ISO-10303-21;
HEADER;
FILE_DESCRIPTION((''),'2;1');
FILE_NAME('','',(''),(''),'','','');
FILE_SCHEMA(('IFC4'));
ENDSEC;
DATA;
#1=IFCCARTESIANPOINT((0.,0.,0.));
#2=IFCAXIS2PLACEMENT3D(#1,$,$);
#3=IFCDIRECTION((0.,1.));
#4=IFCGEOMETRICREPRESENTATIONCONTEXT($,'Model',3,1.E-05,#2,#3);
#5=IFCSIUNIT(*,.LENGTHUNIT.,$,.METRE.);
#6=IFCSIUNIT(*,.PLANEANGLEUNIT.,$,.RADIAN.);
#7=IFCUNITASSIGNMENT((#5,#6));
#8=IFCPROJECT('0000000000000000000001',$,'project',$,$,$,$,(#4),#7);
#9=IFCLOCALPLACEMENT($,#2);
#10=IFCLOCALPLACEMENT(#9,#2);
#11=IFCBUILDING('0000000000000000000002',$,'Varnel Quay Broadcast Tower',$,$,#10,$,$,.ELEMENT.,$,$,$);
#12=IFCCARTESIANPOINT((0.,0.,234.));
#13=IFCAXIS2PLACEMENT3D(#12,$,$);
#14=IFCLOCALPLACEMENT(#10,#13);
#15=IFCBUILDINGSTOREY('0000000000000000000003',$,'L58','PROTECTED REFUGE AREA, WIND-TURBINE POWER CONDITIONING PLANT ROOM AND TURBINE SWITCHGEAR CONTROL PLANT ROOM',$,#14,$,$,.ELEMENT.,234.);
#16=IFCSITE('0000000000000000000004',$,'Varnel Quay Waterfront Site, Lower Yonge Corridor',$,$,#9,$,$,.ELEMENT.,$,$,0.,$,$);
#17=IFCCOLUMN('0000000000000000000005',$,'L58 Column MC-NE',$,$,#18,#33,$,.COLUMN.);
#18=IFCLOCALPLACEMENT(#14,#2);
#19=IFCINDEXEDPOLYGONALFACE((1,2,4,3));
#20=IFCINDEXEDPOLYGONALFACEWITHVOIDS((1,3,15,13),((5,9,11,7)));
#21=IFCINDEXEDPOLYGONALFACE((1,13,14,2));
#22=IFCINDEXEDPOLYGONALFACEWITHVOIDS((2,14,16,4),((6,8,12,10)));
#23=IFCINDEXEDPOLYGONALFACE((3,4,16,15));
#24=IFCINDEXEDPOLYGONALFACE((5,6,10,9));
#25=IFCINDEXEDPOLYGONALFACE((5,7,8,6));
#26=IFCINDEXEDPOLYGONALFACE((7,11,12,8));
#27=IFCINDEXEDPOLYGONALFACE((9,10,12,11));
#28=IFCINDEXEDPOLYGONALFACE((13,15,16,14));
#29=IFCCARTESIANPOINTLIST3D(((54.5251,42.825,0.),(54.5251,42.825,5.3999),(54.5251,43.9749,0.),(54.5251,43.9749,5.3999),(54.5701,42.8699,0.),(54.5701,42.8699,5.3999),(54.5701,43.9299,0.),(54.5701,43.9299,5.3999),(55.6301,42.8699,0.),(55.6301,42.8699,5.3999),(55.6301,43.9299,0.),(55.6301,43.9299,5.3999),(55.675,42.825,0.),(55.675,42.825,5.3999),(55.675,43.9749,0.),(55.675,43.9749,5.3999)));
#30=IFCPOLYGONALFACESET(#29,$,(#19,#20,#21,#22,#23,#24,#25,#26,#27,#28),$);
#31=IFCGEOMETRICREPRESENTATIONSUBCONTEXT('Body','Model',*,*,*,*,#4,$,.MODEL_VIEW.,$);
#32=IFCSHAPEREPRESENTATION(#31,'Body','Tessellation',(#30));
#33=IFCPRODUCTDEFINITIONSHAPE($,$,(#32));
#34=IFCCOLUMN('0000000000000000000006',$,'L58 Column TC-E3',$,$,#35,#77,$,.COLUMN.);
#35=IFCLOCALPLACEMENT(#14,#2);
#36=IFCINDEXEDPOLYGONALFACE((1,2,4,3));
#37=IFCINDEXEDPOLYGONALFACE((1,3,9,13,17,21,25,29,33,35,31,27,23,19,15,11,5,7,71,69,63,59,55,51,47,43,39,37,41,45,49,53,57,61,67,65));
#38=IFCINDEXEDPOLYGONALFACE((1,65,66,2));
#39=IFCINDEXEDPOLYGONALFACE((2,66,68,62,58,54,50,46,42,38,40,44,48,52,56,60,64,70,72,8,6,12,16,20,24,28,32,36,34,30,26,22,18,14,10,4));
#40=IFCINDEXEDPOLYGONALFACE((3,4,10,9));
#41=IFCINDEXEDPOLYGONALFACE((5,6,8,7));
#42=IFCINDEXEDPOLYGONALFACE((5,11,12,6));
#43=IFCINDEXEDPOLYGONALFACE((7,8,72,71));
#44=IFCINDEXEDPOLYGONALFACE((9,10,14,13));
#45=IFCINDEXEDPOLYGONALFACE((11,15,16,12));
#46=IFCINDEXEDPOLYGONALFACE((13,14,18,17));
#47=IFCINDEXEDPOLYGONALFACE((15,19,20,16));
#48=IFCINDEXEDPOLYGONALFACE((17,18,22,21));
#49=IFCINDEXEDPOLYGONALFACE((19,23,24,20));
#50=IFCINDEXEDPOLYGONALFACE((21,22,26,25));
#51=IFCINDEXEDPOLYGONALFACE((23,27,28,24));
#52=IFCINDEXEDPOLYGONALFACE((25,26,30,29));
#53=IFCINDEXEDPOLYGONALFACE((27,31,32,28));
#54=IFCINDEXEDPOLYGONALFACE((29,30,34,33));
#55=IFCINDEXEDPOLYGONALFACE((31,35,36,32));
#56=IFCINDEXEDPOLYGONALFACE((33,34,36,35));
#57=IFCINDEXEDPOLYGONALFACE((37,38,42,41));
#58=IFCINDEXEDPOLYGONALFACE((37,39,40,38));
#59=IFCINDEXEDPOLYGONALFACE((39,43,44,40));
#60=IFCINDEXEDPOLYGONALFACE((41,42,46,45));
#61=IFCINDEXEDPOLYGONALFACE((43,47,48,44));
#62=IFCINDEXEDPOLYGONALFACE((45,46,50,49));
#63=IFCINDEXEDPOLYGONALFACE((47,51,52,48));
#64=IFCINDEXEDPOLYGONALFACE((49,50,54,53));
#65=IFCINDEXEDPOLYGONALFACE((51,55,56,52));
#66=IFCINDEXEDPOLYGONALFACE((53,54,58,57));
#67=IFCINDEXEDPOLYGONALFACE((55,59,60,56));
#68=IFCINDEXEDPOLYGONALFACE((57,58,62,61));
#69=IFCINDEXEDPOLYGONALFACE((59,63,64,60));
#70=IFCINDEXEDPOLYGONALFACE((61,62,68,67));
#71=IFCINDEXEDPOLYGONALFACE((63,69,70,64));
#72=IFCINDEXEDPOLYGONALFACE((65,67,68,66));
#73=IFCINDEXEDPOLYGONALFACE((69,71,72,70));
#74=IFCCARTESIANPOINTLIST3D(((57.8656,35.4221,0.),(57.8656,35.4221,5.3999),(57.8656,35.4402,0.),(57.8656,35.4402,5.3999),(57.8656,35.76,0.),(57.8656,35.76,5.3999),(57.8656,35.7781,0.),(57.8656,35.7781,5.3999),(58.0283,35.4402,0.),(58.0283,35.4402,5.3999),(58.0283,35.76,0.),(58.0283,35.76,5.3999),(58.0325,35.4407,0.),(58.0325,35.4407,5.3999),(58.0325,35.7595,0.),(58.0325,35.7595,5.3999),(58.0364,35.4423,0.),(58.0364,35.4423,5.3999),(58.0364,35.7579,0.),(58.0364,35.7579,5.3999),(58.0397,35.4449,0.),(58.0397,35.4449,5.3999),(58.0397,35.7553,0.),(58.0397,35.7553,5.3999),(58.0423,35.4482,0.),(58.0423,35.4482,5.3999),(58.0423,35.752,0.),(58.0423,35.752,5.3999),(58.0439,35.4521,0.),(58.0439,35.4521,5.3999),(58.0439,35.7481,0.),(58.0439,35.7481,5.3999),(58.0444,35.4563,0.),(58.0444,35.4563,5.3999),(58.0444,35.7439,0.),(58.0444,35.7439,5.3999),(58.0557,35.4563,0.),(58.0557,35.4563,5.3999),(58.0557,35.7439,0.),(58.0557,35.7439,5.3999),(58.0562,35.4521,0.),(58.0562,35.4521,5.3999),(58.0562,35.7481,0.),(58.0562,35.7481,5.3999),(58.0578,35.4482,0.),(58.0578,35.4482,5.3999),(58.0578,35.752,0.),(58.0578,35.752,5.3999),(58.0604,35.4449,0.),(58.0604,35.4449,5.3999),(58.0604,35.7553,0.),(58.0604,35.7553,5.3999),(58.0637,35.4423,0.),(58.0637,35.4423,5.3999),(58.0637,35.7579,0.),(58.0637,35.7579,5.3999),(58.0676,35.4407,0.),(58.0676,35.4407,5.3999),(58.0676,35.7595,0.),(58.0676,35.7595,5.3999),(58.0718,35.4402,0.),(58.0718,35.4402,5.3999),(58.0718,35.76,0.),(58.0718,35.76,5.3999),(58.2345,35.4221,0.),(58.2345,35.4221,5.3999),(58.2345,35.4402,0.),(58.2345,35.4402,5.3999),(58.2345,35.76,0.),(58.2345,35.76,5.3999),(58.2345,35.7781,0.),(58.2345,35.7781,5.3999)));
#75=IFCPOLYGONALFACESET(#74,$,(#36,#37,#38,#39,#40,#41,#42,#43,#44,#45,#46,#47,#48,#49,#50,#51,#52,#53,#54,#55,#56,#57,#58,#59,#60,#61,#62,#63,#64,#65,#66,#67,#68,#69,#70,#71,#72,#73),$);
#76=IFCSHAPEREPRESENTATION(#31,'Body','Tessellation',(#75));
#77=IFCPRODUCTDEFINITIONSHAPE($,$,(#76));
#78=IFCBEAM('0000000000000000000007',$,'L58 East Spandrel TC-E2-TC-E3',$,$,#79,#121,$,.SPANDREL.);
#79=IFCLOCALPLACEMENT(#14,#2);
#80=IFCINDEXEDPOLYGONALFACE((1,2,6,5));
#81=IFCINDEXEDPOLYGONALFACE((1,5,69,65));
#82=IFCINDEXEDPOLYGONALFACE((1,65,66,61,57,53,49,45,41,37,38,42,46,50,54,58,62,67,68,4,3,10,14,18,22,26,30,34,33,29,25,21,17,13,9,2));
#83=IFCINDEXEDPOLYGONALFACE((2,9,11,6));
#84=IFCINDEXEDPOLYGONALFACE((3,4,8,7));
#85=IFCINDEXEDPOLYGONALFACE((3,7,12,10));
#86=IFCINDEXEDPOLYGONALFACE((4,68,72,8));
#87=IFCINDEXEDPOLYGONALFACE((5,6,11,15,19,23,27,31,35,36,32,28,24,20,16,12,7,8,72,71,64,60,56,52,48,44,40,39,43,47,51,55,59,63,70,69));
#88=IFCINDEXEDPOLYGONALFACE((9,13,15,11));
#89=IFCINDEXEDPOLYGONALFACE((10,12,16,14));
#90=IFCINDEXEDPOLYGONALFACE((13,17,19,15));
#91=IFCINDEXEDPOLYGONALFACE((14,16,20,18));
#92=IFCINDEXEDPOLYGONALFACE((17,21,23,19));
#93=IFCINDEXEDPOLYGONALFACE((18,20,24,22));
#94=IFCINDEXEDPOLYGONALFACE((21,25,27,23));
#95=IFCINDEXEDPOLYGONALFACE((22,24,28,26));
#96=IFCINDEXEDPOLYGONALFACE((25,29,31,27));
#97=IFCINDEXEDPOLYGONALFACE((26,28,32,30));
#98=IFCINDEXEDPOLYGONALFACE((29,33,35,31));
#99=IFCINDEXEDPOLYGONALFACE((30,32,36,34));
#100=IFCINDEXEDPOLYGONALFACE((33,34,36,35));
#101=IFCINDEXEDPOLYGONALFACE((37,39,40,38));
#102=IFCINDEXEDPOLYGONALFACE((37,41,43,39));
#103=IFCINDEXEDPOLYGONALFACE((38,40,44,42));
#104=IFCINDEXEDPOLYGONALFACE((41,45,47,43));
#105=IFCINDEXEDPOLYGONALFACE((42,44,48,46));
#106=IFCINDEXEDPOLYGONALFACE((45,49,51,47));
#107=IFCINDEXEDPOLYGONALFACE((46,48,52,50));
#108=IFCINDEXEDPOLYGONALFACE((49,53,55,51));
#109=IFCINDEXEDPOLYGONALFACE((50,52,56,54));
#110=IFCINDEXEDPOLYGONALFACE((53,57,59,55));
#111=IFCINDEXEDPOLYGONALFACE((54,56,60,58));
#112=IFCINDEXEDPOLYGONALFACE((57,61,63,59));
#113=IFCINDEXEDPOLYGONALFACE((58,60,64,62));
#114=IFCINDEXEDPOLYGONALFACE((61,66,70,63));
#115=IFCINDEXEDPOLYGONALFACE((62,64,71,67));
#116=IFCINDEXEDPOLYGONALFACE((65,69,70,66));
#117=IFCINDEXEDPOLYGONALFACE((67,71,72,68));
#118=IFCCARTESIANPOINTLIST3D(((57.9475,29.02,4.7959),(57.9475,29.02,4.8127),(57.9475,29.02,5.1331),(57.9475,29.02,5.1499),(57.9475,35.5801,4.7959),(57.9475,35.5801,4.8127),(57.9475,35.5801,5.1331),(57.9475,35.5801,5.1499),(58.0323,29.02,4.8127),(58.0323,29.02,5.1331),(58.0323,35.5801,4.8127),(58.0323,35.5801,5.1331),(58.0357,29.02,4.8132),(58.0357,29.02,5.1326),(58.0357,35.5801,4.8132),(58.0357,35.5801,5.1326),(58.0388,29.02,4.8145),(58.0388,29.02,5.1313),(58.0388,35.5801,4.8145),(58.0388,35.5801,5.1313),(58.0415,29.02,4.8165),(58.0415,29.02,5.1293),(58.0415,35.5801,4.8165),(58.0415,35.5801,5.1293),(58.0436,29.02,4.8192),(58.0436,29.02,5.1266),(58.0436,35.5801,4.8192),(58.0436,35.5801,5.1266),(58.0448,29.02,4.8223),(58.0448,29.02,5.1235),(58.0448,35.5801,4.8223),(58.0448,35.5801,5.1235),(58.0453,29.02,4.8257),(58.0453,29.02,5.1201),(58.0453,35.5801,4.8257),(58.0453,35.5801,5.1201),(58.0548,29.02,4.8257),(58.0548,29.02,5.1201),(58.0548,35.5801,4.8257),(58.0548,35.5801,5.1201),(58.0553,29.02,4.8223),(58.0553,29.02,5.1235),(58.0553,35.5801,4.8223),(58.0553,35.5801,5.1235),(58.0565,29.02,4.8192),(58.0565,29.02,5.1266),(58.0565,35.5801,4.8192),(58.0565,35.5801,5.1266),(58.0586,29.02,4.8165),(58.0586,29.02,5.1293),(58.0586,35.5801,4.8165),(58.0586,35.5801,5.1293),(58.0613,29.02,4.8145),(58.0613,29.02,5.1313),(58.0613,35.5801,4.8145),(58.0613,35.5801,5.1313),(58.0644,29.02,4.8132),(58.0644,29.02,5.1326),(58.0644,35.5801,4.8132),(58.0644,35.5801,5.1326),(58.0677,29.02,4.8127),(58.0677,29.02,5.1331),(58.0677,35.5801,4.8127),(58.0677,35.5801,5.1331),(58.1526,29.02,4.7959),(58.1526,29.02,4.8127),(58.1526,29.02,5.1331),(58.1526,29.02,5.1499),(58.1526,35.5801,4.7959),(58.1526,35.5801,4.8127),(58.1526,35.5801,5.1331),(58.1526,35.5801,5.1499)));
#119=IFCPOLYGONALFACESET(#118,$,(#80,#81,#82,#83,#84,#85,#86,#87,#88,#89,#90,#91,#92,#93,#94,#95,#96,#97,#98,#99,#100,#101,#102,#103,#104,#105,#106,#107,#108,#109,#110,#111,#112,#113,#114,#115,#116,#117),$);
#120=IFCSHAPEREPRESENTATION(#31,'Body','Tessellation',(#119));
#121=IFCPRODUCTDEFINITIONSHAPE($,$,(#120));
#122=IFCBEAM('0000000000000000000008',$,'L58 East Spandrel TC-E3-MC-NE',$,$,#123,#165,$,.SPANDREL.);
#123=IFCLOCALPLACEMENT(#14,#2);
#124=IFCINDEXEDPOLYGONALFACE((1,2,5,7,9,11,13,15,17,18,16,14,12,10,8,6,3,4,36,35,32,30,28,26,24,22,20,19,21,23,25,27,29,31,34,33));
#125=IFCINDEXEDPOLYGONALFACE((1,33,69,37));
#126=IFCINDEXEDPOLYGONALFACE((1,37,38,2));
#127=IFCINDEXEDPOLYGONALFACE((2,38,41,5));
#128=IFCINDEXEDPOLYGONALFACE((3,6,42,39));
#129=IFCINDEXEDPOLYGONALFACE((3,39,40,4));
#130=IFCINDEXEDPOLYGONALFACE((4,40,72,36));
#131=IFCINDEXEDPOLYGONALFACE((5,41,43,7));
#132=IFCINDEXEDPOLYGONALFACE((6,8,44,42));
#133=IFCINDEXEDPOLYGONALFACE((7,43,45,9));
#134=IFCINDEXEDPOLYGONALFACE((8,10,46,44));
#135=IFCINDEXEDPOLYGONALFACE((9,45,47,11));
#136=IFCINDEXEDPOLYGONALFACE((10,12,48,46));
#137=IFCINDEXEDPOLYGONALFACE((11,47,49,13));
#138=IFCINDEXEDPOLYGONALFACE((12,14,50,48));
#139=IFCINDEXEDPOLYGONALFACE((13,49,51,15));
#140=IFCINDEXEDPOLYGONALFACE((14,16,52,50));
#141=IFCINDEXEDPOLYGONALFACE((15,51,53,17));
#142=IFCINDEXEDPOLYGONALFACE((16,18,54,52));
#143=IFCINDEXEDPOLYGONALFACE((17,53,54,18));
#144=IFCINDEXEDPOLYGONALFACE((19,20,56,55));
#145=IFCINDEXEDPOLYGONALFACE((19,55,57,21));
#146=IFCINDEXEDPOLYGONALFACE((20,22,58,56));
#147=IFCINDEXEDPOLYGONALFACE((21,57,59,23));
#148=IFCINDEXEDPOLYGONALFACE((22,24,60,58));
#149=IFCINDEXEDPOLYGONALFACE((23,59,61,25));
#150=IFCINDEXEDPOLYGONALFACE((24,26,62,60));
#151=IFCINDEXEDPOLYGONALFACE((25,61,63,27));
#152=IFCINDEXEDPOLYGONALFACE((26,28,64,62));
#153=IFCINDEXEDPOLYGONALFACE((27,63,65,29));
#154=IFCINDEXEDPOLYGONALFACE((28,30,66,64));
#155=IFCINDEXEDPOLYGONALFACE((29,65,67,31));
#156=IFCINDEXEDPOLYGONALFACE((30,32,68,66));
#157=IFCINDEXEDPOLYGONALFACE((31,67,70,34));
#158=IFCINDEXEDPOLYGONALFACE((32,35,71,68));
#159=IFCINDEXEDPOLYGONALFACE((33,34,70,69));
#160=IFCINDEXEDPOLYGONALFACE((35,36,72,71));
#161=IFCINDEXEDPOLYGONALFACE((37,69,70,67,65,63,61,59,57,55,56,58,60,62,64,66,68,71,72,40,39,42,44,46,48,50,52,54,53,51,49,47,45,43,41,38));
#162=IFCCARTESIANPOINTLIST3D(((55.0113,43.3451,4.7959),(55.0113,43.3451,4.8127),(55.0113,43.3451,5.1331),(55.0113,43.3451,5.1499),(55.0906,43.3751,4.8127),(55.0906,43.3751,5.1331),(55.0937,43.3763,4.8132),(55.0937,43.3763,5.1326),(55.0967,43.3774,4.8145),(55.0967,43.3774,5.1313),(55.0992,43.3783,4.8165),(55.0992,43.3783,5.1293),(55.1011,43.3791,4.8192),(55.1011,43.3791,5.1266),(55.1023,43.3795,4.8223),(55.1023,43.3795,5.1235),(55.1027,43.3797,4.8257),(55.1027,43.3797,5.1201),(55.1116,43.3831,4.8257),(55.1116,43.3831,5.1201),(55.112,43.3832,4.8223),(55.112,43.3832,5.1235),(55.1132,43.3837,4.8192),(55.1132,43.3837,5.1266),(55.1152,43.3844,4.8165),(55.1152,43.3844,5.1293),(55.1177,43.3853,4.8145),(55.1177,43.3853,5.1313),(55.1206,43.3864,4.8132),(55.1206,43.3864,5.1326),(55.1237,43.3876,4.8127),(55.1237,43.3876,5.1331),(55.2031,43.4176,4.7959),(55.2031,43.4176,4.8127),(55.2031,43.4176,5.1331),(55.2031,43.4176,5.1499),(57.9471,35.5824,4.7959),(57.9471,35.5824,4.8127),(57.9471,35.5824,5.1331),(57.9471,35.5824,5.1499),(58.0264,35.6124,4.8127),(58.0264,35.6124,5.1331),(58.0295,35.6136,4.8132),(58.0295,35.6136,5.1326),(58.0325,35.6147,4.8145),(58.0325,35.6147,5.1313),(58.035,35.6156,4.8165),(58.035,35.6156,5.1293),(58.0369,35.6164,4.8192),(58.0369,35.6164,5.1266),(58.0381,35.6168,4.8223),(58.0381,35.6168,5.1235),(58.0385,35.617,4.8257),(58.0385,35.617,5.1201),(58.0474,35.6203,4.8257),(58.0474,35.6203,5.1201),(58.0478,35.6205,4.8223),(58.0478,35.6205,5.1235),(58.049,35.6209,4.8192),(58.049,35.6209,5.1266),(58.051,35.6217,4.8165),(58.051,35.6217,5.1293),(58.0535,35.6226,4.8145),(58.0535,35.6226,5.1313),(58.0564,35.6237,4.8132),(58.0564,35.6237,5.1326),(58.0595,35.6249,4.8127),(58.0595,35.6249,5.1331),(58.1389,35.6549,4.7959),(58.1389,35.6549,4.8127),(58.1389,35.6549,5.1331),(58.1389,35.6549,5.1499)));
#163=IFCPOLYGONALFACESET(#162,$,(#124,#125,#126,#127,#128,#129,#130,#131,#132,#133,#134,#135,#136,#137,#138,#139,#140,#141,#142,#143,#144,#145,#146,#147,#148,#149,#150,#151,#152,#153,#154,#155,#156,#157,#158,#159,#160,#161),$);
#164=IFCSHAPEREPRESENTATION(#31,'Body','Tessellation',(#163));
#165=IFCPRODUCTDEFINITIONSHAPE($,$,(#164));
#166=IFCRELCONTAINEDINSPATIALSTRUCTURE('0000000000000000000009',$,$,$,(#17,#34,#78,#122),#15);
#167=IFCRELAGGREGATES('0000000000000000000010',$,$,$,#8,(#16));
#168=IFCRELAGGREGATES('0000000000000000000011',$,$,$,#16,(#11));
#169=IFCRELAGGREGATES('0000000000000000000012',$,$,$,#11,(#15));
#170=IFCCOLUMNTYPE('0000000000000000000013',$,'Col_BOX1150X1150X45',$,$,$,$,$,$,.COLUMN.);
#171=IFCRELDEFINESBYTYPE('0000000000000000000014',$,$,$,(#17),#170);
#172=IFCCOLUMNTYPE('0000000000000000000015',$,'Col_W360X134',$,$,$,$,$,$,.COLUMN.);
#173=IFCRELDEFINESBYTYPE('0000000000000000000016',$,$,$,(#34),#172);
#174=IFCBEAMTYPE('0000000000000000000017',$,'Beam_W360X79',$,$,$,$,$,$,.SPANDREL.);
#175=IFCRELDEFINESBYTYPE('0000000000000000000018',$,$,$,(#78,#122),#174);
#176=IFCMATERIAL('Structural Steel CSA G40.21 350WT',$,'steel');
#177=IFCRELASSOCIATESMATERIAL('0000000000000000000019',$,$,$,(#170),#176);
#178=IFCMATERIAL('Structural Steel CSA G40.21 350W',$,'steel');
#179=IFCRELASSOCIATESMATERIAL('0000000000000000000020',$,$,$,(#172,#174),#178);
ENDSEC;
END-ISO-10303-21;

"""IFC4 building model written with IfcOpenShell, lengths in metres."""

from ifc_helpers import new_model, si_unit, direction, frame, origin, origin_2d, place, context, subcontext, project, spatial, hollow_rectangle, i_section, extrude, source, transform, mapped, material, material_profile, profile_set, type_object, type_shapes, element, save


model = new_model("IFC4")

# Units and contexts
model_context = context("Model", 3, precision=1e-05, world=origin(), true_north=direction((0.0, 1.0)))
body_context = subcontext(model_context, "Body", "Model", "MODEL_VIEW")
ifc_project = project(units=[si_unit("LENGTHUNIT", "METRE"), si_unit("PLANEANGLEUNIT", "RADIAN")], contexts=[model_context])

# Site, building, storey
site_placement = place(None, origin())
site = spatial("IfcSite", under=ifc_project, at=site_placement, Name="Varnel Quay Waterfront Site, Lower Yonge Corridor", CompositionType="ELEMENT", RefElevation=0.0)
building_placement = place(site_placement, origin())
building = spatial("IfcBuilding", under=site, at=building_placement, Name="Varnel Quay Broadcast Tower", CompositionType="ELEMENT")
storey_placement = place(building_placement, frame((0.0, 0.0, 234.0)))
storey = spatial("IfcBuildingStorey", under=building, at=storey_placement, Name="L58", Description="PROTECTED REFUGE AREA, WIND-TURBINE POWER CONDITIONING PLANT ROOM AND TURBINE SWITCHGEAR CONTROL PLANT ROOM", CompositionType="ELEMENT", Elevation=234.0)

# Columns
ifc_material_1 = material(Name="Structural Steel CSA G40.21 350WT", Category="steel")
ifc_material_profile_1 = material_profile(ifc_material_1, hollow_rectangle(XDim=1.1499, YDim=1.1499, WallThickness=0.0449, at=origin_2d()), Name="BOX1150X1150X45")
ifc_profile_set_1 = profile_set([ifc_material_profile_1], Name="Structural Steel CSA G40.21 350WT")
column_type_1 = type_object("IfcColumnType", Name="Col_BOX1150X1150X45", PredefinedType="COLUMN", material=ifc_profile_set_1)
shared_shape_1 = source(origin(), body_context, "Body", "SweptSolid", [
    extrude(hollow_rectangle(XDim=1.1499, YDim=1.1499, WallThickness=0.0449, at=origin_2d()), origin(), (0.0, 0.0, 1.0), 5.3999),
])
type_shapes(column_type_1, [shared_shape_1])
column_1_placement = place(storey_placement, frame((55.1001, 43.3999, 0.0), z_axis=(0.0, 0.0, 1.0), x_axis=(1.0, 0.0, 0.0)))
element("IfcColumn", 1, at=column_1_placement, inside=storey, type_object=column_type_1, Name="L58 Column MC-NE", PredefinedType="COLUMN", context=body_context, shape_type="MappedRepresentation", body=[
    mapped(shared_shape_1, transform((0.0, 0.0, 0.0), x_axis=(1.0, 0.0, 0.0), y_axis=(0.0, 1.0, 0.0), z_axis=(0.0, 0.0, 1.0), scale=1.0)),
])
ifc_material_2 = material(Name="Structural Steel CSA G40.21 350W", Category="steel")
ifc_material_profile_2 = material_profile(ifc_material_2, i_section(OverallWidth=0.3689, OverallDepth=0.356, WebThickness=0.0112, FlangeThickness=0.0181, FilletRadius=0.0161, at=origin_2d()), Name="W360X134")
ifc_profile_set_2 = profile_set([ifc_material_profile_2], Name="Structural Steel CSA G40.21 350W")
column_type_2 = type_object("IfcColumnType", Name="Col_W360X134", PredefinedType="COLUMN", material=ifc_profile_set_2)
shared_shape_2 = source(origin(), body_context, "Body", "SweptSolid", [
    extrude(i_section(OverallWidth=0.3689, OverallDepth=0.356, WebThickness=0.0112, FlangeThickness=0.0181, FilletRadius=0.0161, at=origin_2d()), origin(), (0.0, 0.0, 1.0), 5.3999),
])
type_shapes(column_type_2, [shared_shape_2])
column_2_placement = place(storey_placement, frame((58.05, 35.6001, 0.0), z_axis=(0.0, 0.0, 1.0), x_axis=(1.0, 0.0, 0.0)))
element("IfcColumn", 2, at=column_2_placement, inside=storey, type_object=column_type_2, Name="L58 Column TC-E3", PredefinedType="COLUMN", context=body_context, shape_type="MappedRepresentation", body=[
    mapped(shared_shape_2, transform((0.0, 0.0, 0.0), x_axis=(1.0, 0.0, 0.0), y_axis=(0.0, 1.0, 0.0), z_axis=(0.0, 0.0, 1.0), scale=1.0)),
])

# Beams
ifc_material_profile_3 = material_profile(ifc_material_2, i_section(OverallWidth=0.2051, OverallDepth=0.354, WebThickness=0.0095, FlangeThickness=0.0168, FilletRadius=0.0129, at=origin_2d()), Name="W360X79")
ifc_profile_set_3 = profile_set([ifc_material_profile_3], Name="Structural Steel CSA G40.21 350W")
beam_type_1 = type_object("IfcBeamType", Name="Beam_W360X79", PredefinedType="SPANDREL", material=ifc_profile_set_3)
shared_shape_3 = source(origin(), body_context, "Body", "SweptSolid", [
    extrude(i_section(OverallWidth=0.2051, OverallDepth=0.354, WebThickness=0.0095, FlangeThickness=0.0168, FilletRadius=0.0129, at=origin_2d()), origin(), (0.0, 0.0, 1.0), 6.5601),
])
beam_1_placement = place(storey_placement, frame((58.05, 29.02, 4.9729), z_axis=(0.0, 1.0, 0.0), x_axis=(-1.0, 0.0, 0.0)))
element("IfcBeam", 3, at=beam_1_placement, inside=storey, type_object=beam_type_1, Name="L58 East Spandrel TC-E2-TC-E3", PredefinedType="SPANDREL", context=body_context, shape_type="MappedRepresentation", body=[
    mapped(shared_shape_3, transform((0.0, 0.0, 0.0), x_axis=(1.0, 0.0, 0.0), y_axis=(0.0, 1.0, 0.0), z_axis=(0.0, 0.0, 1.0), scale=1.0)),
])
shared_shape_4 = source(origin(), body_context, "Body", "SweptSolid", [
    extrude(i_section(OverallWidth=0.2051, OverallDepth=0.354, WebThickness=0.0095, FlangeThickness=0.0168, FilletRadius=0.0129, at=origin_2d()), origin(), (0.0, 0.0, 1.0), 8.2993),
])
beam_2_placement = place(storey_placement, frame((58.043, 35.6187, 4.9729), z_axis=(-0.35374, 0.935344, 0.0), x_axis=(-0.935344, -0.35374, 0.0)))
element("IfcBeam", 4, at=beam_2_placement, inside=storey, type_object=beam_type_1, Name="L58 East Spandrel TC-E3-MC-NE", PredefinedType="SPANDREL", context=body_context, shape_type="MappedRepresentation", body=[
    mapped(shared_shape_4, transform((0.0, 0.0, 0.0), x_axis=(1.0, 0.0, 0.0), y_axis=(0.0, 1.0, 0.0), z_axis=(0.0, 0.0, 1.0), scale=1.0)),
])

save(model, "model.ifc")
